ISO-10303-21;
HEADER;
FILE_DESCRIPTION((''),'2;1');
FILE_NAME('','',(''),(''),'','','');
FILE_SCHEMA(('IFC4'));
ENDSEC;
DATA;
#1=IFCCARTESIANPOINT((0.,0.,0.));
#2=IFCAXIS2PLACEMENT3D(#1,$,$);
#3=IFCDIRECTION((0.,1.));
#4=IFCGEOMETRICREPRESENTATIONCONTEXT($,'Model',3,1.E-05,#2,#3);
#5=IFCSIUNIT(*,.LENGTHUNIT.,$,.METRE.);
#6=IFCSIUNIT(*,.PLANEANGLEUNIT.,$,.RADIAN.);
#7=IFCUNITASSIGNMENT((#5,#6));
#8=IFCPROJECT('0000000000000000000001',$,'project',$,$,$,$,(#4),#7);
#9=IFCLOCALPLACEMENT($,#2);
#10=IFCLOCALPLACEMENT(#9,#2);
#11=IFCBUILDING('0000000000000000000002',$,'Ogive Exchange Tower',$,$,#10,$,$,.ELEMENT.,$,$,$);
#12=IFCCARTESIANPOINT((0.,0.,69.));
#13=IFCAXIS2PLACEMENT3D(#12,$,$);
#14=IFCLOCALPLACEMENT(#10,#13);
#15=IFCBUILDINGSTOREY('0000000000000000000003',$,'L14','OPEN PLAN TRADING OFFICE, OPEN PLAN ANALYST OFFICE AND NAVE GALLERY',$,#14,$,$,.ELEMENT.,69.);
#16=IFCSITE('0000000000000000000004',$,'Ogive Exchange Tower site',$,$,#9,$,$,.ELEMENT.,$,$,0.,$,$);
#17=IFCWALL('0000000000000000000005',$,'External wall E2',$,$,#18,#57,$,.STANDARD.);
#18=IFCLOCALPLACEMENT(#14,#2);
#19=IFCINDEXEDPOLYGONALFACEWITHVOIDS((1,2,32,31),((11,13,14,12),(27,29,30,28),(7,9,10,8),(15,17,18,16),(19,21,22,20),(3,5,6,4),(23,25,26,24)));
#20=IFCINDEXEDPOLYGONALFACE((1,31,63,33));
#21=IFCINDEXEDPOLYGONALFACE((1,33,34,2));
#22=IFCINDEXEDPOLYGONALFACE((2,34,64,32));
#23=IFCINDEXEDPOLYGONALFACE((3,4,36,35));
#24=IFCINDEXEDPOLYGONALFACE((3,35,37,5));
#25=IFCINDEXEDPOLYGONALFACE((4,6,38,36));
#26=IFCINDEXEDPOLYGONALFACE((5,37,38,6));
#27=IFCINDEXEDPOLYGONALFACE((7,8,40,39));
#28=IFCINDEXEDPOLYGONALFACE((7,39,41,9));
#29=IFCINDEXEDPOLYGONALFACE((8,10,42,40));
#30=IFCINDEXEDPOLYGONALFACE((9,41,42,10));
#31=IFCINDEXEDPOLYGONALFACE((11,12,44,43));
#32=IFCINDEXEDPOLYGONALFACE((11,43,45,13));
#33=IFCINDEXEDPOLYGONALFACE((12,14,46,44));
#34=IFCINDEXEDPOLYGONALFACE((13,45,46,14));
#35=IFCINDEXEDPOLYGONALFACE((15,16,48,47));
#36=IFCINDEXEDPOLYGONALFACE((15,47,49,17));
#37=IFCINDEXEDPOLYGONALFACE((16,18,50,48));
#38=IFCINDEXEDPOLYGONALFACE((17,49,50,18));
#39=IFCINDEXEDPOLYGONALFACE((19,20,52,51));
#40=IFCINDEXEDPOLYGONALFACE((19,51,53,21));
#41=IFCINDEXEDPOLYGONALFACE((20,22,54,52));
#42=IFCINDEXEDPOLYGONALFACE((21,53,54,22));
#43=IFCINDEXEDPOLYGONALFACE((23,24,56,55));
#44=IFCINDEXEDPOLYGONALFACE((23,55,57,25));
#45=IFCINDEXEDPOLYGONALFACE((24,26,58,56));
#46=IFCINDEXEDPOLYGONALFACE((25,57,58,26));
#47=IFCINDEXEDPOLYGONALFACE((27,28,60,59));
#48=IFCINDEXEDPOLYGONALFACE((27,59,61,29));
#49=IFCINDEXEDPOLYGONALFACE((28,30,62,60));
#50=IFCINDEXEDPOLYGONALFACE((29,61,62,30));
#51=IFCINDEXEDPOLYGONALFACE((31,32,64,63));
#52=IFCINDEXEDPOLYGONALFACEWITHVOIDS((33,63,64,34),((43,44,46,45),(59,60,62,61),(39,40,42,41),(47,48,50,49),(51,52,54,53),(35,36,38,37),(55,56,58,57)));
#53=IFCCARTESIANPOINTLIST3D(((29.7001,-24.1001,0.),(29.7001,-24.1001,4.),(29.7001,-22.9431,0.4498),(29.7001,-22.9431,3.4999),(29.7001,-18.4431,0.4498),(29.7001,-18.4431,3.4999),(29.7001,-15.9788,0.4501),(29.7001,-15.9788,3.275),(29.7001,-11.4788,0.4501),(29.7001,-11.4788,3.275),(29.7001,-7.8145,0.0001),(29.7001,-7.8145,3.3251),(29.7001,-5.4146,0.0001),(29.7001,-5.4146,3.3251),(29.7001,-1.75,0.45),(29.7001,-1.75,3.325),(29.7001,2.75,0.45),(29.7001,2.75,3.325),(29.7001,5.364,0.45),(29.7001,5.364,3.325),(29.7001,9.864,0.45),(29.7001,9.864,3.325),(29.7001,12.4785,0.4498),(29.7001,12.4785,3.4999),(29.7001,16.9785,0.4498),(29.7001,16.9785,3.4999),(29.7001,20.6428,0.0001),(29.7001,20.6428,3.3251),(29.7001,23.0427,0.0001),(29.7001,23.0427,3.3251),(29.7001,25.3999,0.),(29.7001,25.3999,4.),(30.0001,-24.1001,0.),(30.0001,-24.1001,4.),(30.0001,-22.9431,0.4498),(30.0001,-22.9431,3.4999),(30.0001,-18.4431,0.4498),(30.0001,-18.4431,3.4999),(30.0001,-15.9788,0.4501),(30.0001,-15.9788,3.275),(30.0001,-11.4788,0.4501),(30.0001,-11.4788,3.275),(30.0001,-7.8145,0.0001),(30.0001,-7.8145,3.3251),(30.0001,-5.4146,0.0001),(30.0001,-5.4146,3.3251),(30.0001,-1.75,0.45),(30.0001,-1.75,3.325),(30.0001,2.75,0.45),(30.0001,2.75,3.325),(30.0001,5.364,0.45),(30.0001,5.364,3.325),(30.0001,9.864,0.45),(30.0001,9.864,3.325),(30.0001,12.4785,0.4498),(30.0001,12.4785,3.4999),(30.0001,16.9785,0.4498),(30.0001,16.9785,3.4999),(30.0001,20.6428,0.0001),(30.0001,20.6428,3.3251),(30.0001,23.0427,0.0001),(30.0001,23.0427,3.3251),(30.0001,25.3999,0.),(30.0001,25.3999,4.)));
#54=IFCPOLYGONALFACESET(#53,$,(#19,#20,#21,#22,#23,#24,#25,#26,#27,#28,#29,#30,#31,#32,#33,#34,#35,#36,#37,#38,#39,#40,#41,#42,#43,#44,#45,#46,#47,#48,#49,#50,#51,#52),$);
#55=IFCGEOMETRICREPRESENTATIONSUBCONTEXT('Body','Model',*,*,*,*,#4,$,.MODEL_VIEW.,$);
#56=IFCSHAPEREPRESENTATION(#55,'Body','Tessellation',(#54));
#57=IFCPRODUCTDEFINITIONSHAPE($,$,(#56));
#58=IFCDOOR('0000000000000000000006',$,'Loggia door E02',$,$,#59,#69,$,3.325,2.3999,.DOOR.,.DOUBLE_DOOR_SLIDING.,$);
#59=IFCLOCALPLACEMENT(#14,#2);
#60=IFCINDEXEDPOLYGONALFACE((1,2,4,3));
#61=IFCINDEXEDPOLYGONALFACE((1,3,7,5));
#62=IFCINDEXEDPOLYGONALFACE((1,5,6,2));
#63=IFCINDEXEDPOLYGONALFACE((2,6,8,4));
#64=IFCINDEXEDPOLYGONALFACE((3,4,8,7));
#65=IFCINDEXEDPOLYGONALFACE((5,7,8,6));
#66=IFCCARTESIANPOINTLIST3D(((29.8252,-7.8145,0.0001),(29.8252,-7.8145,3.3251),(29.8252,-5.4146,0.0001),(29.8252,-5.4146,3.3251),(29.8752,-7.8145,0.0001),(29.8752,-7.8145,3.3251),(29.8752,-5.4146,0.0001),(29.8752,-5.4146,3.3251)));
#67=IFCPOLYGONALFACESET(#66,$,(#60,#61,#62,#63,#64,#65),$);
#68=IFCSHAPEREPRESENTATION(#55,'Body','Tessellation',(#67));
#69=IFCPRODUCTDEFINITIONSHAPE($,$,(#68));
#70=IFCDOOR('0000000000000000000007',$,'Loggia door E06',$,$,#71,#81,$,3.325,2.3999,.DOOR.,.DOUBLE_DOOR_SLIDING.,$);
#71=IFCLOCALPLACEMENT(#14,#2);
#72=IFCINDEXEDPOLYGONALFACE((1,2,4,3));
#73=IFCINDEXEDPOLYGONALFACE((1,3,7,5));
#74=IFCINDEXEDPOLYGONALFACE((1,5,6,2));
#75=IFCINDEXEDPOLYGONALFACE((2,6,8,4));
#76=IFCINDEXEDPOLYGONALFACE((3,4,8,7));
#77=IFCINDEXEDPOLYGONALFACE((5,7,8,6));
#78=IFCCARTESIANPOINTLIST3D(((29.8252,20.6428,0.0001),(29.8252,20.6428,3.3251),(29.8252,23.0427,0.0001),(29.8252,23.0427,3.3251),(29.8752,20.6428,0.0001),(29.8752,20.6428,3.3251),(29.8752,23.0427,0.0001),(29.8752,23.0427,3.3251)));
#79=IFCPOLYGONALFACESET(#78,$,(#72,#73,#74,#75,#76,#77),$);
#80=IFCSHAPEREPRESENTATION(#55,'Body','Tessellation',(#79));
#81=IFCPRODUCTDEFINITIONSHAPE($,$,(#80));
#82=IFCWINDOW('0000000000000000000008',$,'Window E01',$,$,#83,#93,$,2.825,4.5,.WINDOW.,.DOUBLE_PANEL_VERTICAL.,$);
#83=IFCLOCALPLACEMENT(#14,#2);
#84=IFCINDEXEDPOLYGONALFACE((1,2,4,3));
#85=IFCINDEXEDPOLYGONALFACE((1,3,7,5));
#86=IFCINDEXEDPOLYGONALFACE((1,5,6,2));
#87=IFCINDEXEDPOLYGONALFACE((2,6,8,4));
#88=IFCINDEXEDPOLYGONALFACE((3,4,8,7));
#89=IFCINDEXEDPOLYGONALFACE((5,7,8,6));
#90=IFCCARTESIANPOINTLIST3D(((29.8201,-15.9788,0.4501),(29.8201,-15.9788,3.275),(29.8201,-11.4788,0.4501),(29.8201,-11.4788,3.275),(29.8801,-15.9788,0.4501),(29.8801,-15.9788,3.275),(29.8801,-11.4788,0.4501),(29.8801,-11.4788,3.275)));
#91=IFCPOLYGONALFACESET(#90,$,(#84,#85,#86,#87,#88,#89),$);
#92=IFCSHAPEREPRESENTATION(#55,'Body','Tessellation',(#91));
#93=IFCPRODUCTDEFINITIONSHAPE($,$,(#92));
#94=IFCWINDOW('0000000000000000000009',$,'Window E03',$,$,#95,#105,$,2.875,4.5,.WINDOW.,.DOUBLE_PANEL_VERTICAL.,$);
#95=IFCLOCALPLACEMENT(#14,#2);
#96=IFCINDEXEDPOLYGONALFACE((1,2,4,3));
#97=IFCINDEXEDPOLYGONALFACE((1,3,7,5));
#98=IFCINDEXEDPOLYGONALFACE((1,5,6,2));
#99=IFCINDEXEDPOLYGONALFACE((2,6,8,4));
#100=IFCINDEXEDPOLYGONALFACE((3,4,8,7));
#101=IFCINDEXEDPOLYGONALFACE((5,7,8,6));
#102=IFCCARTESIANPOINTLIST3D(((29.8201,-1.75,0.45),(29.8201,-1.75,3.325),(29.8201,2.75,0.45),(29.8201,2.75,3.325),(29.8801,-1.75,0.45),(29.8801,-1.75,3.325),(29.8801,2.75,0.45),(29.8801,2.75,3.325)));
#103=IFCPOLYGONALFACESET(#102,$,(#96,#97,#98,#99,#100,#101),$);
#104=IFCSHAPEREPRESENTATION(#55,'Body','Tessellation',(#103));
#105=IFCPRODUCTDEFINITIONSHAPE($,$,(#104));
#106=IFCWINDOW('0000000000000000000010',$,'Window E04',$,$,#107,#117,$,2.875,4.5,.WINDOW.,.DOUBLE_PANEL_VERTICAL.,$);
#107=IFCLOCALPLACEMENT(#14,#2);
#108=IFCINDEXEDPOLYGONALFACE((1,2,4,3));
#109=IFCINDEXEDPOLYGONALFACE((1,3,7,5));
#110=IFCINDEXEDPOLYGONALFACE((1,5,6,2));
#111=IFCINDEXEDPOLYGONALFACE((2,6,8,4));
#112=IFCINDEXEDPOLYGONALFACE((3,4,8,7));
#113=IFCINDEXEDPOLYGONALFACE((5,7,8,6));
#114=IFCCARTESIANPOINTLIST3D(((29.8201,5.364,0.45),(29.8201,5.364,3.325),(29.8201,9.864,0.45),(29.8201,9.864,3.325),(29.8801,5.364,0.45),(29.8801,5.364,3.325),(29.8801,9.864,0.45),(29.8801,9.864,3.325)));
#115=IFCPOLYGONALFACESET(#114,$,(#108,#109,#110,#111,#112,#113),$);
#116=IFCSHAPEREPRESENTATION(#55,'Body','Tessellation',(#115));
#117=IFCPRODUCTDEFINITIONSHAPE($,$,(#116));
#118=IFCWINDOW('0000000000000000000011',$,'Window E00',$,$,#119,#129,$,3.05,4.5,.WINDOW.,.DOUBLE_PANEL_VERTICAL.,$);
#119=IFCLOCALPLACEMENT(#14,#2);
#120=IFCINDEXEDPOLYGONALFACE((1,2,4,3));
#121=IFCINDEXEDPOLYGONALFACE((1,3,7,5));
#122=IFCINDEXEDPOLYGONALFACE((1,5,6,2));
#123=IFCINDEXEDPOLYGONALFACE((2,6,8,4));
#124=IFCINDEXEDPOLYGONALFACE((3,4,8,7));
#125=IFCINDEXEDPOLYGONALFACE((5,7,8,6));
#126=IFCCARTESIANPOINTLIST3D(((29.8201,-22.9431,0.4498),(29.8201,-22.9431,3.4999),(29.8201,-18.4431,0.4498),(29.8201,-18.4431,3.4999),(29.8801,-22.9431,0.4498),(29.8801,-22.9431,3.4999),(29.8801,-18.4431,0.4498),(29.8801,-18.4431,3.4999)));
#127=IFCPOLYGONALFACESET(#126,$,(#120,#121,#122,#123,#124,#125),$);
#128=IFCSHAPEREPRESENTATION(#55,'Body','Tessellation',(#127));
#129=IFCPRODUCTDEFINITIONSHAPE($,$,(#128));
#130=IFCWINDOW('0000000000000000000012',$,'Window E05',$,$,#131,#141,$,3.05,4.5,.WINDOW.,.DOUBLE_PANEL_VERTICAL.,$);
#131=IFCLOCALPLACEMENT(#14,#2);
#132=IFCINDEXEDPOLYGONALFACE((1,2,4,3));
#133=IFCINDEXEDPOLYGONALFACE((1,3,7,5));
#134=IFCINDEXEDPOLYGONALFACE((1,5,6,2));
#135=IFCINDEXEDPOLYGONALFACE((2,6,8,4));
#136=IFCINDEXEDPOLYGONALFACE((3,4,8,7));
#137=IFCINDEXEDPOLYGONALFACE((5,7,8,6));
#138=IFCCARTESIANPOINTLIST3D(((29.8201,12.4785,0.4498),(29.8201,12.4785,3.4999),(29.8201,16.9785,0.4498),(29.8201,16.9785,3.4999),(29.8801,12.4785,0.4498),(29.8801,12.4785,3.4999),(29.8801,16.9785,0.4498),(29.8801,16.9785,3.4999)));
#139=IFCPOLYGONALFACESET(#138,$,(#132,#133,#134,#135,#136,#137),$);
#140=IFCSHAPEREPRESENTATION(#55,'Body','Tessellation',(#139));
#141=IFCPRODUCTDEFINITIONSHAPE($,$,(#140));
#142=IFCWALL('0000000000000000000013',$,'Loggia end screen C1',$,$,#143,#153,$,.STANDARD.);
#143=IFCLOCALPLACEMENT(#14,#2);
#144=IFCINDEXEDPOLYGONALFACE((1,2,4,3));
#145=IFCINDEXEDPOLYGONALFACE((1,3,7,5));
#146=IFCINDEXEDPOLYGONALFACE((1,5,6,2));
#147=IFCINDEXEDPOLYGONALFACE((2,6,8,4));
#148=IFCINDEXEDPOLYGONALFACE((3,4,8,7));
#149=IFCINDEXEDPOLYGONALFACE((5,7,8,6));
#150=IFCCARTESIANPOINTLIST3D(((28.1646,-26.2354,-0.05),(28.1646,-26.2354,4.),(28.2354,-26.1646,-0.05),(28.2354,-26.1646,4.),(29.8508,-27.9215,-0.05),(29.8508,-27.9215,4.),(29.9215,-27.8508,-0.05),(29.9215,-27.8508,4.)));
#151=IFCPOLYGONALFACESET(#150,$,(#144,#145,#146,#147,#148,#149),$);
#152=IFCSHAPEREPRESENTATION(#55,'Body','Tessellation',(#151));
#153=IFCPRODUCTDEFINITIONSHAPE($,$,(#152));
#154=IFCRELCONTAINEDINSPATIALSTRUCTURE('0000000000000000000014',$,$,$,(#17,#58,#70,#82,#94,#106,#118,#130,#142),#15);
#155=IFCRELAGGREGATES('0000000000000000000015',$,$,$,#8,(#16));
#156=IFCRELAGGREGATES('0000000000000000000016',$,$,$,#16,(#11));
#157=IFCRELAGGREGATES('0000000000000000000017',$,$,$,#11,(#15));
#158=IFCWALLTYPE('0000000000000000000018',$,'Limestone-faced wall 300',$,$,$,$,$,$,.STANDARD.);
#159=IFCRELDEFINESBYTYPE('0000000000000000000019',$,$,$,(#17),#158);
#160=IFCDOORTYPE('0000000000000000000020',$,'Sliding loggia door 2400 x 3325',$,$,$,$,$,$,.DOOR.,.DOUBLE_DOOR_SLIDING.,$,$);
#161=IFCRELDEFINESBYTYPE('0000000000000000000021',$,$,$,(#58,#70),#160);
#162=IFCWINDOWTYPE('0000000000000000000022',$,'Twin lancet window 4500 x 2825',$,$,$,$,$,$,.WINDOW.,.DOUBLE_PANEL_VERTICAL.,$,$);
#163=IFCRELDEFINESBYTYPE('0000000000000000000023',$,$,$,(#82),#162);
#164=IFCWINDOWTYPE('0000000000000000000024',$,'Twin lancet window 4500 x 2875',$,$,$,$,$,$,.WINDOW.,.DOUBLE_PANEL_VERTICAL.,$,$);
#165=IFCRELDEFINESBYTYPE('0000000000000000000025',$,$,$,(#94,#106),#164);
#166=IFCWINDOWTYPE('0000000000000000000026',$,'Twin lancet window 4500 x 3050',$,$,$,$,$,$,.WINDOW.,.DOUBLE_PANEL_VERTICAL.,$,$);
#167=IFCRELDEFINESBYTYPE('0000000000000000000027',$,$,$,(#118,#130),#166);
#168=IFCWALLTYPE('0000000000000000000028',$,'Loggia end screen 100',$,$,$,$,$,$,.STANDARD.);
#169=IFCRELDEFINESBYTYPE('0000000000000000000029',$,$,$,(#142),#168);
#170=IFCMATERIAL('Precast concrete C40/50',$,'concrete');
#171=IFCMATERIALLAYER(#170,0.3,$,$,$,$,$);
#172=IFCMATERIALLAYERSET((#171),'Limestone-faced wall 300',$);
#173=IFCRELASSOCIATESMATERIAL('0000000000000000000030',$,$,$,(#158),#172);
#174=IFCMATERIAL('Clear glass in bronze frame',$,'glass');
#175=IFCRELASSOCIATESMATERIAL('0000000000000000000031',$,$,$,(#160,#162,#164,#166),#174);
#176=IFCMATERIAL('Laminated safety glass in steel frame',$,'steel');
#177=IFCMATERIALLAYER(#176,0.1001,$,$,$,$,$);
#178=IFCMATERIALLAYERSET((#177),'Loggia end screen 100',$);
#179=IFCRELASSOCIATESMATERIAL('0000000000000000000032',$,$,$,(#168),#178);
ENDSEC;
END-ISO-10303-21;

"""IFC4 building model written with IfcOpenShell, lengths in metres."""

from ifc_helpers import new_model, si_unit, direction, frame, frame_2d, origin, place, context, subcontext, project, spatial, rectangle, extrude, material, layer, layer_set, type_object, element, fill, save


model = new_model("IFC4")

# Units and contexts
model_context = context("Model", 3, precision=1e-05, world=origin(), true_north=direction((0.0, 1.0)))
body_context = subcontext(model_context, "Body", "Model", "MODEL_VIEW")
ifc_project = project(units=[si_unit("LENGTHUNIT", "METRE"), si_unit("PLANEANGLEUNIT", "RADIAN")], contexts=[model_context])

# Site, building, storey
site_placement = place(None, origin())
site = spatial("IfcSite", under=ifc_project, at=site_placement, Name="Ogive Exchange Tower site", CompositionType="ELEMENT", RefElevation=0.0)
building_placement = place(site_placement, origin())
building = spatial("IfcBuilding", under=site, at=building_placement, Name="Ogive Exchange Tower", CompositionType="ELEMENT")
storey_placement = place(building_placement, frame((0.0, 0.0, 69.0)))
storey = spatial("IfcBuildingStorey", under=building, at=storey_placement, Name="L14", Description="OPEN PLAN TRADING OFFICE, OPEN PLAN ANALYST OFFICE AND NAVE GALLERY", CompositionType="ELEMENT", Elevation=69.0)

# Wall, openings, doors, windows
ifc_material_1 = material(Name="Precast concrete C40/50", Category="concrete")
ifc_layer_1 = layer(ifc_material_1, 0.3)
ifc_layer_set_1 = layer_set([ifc_layer_1], Name="Limestone-faced wall 300")
wall_type_1 = type_object("IfcWallType", Name="Limestone-faced wall 300", PredefinedType="STANDARD", material=ifc_layer_set_1)
wall_1_placement = place(storey_placement, frame((29.8501, -24.1001, 0.0), z_axis=(0.0, 0.0, 1.0), x_axis=(0.0, 1.0, 0.0)))
wall_1 = element("IfcWall", 1, at=wall_1_placement, inside=storey, type_object=wall_type_1, Name="External wall E2", PredefinedType="STANDARD", context=body_context, shape_type="SweptSolid", body=[
    extrude(rectangle(XDim=49.5, YDim=0.3, at=frame_2d((24.75, 0.0))), origin(), (0.0, 0.0, 1.0), 4.0),
])
opening_1_placement = place(wall_1_placement, frame((1.157, 0.0, 0.45)))
opening_1 = element("IfcOpeningElement", 2, at=opening_1_placement, cuts=wall_1, PredefinedType="OPENING", context=body_context, shape_type="SweptSolid", body=[
    extrude(rectangle(XDim=4.5, YDim=3.05, at=frame_2d((2.25, 1.5249))), frame((0.0, 0.1599, 0.0), z_axis=(0.0, -1.0, 0.0), x_axis=(1.0, 0.0, 0.0)), (0.0, 0.0, 1.0), 0.3201),
])
opening_2_placement = place(wall_1_placement, frame((8.1213, 0.0, 0.45)))
opening_2 = element("IfcOpeningElement", 3, at=opening_2_placement, cuts=wall_1, PredefinedType="OPENING", context=body_context, shape_type="SweptSolid", body=[
    extrude(rectangle(XDim=4.5, YDim=2.825, at=frame_2d((2.25, 1.4126))), frame((0.0, 0.1599, 0.0), z_axis=(0.0, -1.0, 0.0), x_axis=(1.0, 0.0, 0.0)), (0.0, 0.0, 1.0), 0.3201),
])
opening_3_placement = place(wall_1_placement, frame((16.2856, 0.0, 0.0)))
opening_3 = element("IfcOpeningElement", 4, at=opening_3_placement, cuts=wall_1, PredefinedType="OPENING", context=body_context, shape_type="SweptSolid", body=[
    extrude(rectangle(XDim=2.3999, YDim=3.325, at=frame_2d((1.2, 1.6626))), frame((0.0, 0.1599, 0.0), z_axis=(0.0, -1.0, 0.0), x_axis=(1.0, 0.0, 0.0)), (0.0, 0.0, 1.0), 0.3201),
])
opening_4_placement = place(wall_1_placement, frame((22.3501, 0.0, 0.45)))
opening_4 = element("IfcOpeningElement", 5, at=opening_4_placement, cuts=wall_1, PredefinedType="OPENING", context=body_context, shape_type="SweptSolid", body=[
    extrude(rectangle(XDim=4.5, YDim=2.875, at=frame_2d((2.25, 1.4375))), frame((0.0, 0.1599, 0.0), z_axis=(0.0, -1.0, 0.0), x_axis=(1.0, 0.0, 0.0)), (0.0, 0.0, 1.0), 0.3201),
])
opening_5_placement = place(wall_1_placement, frame((29.4641, 0.0, 0.45)))
opening_5 = element("IfcOpeningElement", 6, at=opening_5_placement, cuts=wall_1, PredefinedType="OPENING", context=body_context, shape_type="SweptSolid", body=[
    extrude(rectangle(XDim=4.5, YDim=2.875, at=frame_2d((2.25, 1.4375))), frame((0.0, 0.1599, 0.0), z_axis=(0.0, -1.0, 0.0), x_axis=(1.0, 0.0, 0.0)), (0.0, 0.0, 1.0), 0.3201),
])
opening_6_placement = place(wall_1_placement, frame((36.5786, 0.0, 0.45)))
opening_6 = element("IfcOpeningElement", 7, at=opening_6_placement, cuts=wall_1, PredefinedType="OPENING", context=body_context, shape_type="SweptSolid", body=[
    extrude(rectangle(XDim=4.5, YDim=3.05, at=frame_2d((2.25, 1.5249))), frame((0.0, 0.1599, 0.0), z_axis=(0.0, -1.0, 0.0), x_axis=(1.0, 0.0, 0.0)), (0.0, 0.0, 1.0), 0.3201),
])
opening_7_placement = place(wall_1_placement, frame((44.7429, 0.0, 0.0)))
opening_7 = element("IfcOpeningElement", 8, at=opening_7_placement, cuts=wall_1, PredefinedType="OPENING", context=body_context, shape_type="SweptSolid", body=[
    extrude(rectangle(XDim=2.3999, YDim=3.325, at=frame_2d((1.2, 1.6626))), frame((0.0, 0.1599, 0.0), z_axis=(0.0, -1.0, 0.0), x_axis=(1.0, 0.0, 0.0)), (0.0, 0.0, 1.0), 0.3201),
])
ifc_material_2 = material(Name="Clear glass in bronze frame", Category="glass")
door_type_1 = type_object("IfcDoorType", Name="Sliding loggia door 2400 x 3325", OperationType="DOUBLE_DOOR_SLIDING", PredefinedType="DOOR", material=ifc_material_2)
door_1_placement = place(opening_3_placement, origin())
door_1 = element("IfcDoor", 9, at=door_1_placement, inside=storey, type_object=door_type_1, Name="Loggia door E02", OperationType="DOUBLE_DOOR_SLIDING", OverallHeight=3.325, OverallWidth=2.3999, PredefinedType="DOOR", context=body_context, shape_type="SweptSolid", body=[
    extrude(rectangle(XDim=2.3999, YDim=3.325, at=frame_2d((1.2, 1.6626))), frame((0.0, 0.0249, 0.0), z_axis=(0.0, -1.0, 0.0), x_axis=(1.0, 0.0, 0.0)), (0.0, 0.0, 1.0), 0.05),
])
fill(opening_3, door_1)
door_2_placement = place(opening_7_placement, origin())
door_2 = element("IfcDoor", 10, at=door_2_placement, inside=storey, type_object=door_type_1, Name="Loggia door E06", OperationType="DOUBLE_DOOR_SLIDING", OverallHeight=3.325, OverallWidth=2.3999, PredefinedType="DOOR", context=body_context, shape_type="SweptSolid", body=[
    extrude(rectangle(XDim=2.3999, YDim=3.325, at=frame_2d((1.2, 1.6626))), frame((0.0, 0.0249, 0.0), z_axis=(0.0, -1.0, 0.0), x_axis=(1.0, 0.0, 0.0)), (0.0, 0.0, 1.0), 0.05),
])
fill(opening_7, door_2)
window_type_1 = type_object("IfcWindowType", Name="Twin lancet window 4500 x 2825", PartitioningType="DOUBLE_PANEL_VERTICAL", PredefinedType="WINDOW", material=ifc_material_2)
window_1_placement = place(opening_2_placement, origin())
window_1 = element("IfcWindow", 11, at=window_1_placement, inside=storey, type_object=window_type_1, Name="Window E01", OverallHeight=2.825, OverallWidth=4.5, PartitioningType="DOUBLE_PANEL_VERTICAL", PredefinedType="WINDOW", context=body_context, shape_type="SweptSolid", body=[
    extrude(rectangle(XDim=4.5, YDim=2.825, at=frame_2d((2.25, 1.4126))), frame((0.0, 0.03, 0.0), z_axis=(0.0, -1.0, 0.0), x_axis=(1.0, 0.0, 0.0)), (0.0, 0.0, 1.0), 0.0601),
])
fill(opening_2, window_1)
window_type_2 = type_object("IfcWindowType", Name="Twin lancet window 4500 x 2875", PartitioningType="DOUBLE_PANEL_VERTICAL", PredefinedType="WINDOW", material=ifc_material_2)
window_2_placement = place(opening_4_placement, origin())
window_2 = element("IfcWindow", 12, at=window_2_placement, inside=storey, type_object=window_type_2, Name="Window E03", OverallHeight=2.875, OverallWidth=4.5, PartitioningType="DOUBLE_PANEL_VERTICAL", PredefinedType="WINDOW", context=body_context, shape_type="SweptSolid", body=[
    extrude(rectangle(XDim=4.5, YDim=2.875, at=frame_2d((2.25, 1.4375))), frame((0.0, 0.03, 0.0), z_axis=(0.0, -1.0, 0.0), x_axis=(1.0, 0.0, 0.0)), (0.0, 0.0, 1.0), 0.0601),
])
fill(opening_4, window_2)
window_3_placement = place(opening_5_placement, origin())
window_3 = element("IfcWindow", 13, at=window_3_placement, inside=storey, type_object=window_type_2, Name="Window E04", OverallHeight=2.875, OverallWidth=4.5, PartitioningType="DOUBLE_PANEL_VERTICAL", PredefinedType="WINDOW", context=body_context, shape_type="SweptSolid", body=[
    extrude(rectangle(XDim=4.5, YDim=2.875, at=frame_2d((2.25, 1.4375))), frame((0.0, 0.03, 0.0), z_axis=(0.0, -1.0, 0.0), x_axis=(1.0, 0.0, 0.0)), (0.0, 0.0, 1.0), 0.0601),
])
fill(opening_5, window_3)
window_type_3 = type_object("IfcWindowType", Name="Twin lancet window 4500 x 3050", PartitioningType="DOUBLE_PANEL_VERTICAL", PredefinedType="WINDOW", material=ifc_material_2)
window_4_placement = place(opening_1_placement, origin())
window_4 = element("IfcWindow", 14, at=window_4_placement, inside=storey, type_object=window_type_3, Name="Window E00", OverallHeight=3.05, OverallWidth=4.5, PartitioningType="DOUBLE_PANEL_VERTICAL", PredefinedType="WINDOW", context=body_context, shape_type="SweptSolid", body=[
    extrude(rectangle(XDim=4.5, YDim=3.05, at=frame_2d((2.25, 1.5249))), frame((0.0, 0.03, 0.0), z_axis=(0.0, -1.0, 0.0), x_axis=(1.0, 0.0, 0.0)), (0.0, 0.0, 1.0), 0.0601),
])
fill(opening_1, window_4)
window_5_placement = place(opening_6_placement, origin())
window_5 = element("IfcWindow", 15, at=window_5_placement, inside=storey, type_object=window_type_3, Name="Window E05", OverallHeight=3.05, OverallWidth=4.5, PartitioningType="DOUBLE_PANEL_VERTICAL", PredefinedType="WINDOW", context=body_context, shape_type="SweptSolid", body=[
    extrude(rectangle(XDim=4.5, YDim=3.05, at=frame_2d((2.25, 1.5249))), frame((0.0, 0.03, 0.0), z_axis=(0.0, -1.0, 0.0), x_axis=(1.0, 0.0, 0.0)), (0.0, 0.0, 1.0), 0.0601),
])
fill(opening_6, window_5)

# Wall
ifc_material_3 = material(Name="Laminated safety glass in steel frame", Category="steel")
ifc_layer_2 = layer(ifc_material_3, 0.1001)
ifc_layer_set_2 = layer_set([ifc_layer_2], Name="Loggia end screen 100")
wall_type_2 = type_object("IfcWallType", Name="Loggia end screen 100", PredefinedType="STANDARD", material=ifc_layer_set_2)
wall_2_placement = place(storey_placement, frame((28.2, -26.2, -0.05), z_axis=(0.0, 0.0, 1.0), x_axis=(0.707107, -0.707107, 0.0)))
element("IfcWall", 16, at=wall_2_placement, inside=storey, type_object=wall_type_2, Name="Loggia end screen C1", PredefinedType="STANDARD", context=body_context, shape_type="SweptSolid", body=[
    extrude(rectangle(XDim=2.3845, YDim=0.1001, at=frame_2d((1.1924, 0.0))), origin(), (0.0, 0.0, 1.0), 4.05),
])

save(model, "model.ifc")
